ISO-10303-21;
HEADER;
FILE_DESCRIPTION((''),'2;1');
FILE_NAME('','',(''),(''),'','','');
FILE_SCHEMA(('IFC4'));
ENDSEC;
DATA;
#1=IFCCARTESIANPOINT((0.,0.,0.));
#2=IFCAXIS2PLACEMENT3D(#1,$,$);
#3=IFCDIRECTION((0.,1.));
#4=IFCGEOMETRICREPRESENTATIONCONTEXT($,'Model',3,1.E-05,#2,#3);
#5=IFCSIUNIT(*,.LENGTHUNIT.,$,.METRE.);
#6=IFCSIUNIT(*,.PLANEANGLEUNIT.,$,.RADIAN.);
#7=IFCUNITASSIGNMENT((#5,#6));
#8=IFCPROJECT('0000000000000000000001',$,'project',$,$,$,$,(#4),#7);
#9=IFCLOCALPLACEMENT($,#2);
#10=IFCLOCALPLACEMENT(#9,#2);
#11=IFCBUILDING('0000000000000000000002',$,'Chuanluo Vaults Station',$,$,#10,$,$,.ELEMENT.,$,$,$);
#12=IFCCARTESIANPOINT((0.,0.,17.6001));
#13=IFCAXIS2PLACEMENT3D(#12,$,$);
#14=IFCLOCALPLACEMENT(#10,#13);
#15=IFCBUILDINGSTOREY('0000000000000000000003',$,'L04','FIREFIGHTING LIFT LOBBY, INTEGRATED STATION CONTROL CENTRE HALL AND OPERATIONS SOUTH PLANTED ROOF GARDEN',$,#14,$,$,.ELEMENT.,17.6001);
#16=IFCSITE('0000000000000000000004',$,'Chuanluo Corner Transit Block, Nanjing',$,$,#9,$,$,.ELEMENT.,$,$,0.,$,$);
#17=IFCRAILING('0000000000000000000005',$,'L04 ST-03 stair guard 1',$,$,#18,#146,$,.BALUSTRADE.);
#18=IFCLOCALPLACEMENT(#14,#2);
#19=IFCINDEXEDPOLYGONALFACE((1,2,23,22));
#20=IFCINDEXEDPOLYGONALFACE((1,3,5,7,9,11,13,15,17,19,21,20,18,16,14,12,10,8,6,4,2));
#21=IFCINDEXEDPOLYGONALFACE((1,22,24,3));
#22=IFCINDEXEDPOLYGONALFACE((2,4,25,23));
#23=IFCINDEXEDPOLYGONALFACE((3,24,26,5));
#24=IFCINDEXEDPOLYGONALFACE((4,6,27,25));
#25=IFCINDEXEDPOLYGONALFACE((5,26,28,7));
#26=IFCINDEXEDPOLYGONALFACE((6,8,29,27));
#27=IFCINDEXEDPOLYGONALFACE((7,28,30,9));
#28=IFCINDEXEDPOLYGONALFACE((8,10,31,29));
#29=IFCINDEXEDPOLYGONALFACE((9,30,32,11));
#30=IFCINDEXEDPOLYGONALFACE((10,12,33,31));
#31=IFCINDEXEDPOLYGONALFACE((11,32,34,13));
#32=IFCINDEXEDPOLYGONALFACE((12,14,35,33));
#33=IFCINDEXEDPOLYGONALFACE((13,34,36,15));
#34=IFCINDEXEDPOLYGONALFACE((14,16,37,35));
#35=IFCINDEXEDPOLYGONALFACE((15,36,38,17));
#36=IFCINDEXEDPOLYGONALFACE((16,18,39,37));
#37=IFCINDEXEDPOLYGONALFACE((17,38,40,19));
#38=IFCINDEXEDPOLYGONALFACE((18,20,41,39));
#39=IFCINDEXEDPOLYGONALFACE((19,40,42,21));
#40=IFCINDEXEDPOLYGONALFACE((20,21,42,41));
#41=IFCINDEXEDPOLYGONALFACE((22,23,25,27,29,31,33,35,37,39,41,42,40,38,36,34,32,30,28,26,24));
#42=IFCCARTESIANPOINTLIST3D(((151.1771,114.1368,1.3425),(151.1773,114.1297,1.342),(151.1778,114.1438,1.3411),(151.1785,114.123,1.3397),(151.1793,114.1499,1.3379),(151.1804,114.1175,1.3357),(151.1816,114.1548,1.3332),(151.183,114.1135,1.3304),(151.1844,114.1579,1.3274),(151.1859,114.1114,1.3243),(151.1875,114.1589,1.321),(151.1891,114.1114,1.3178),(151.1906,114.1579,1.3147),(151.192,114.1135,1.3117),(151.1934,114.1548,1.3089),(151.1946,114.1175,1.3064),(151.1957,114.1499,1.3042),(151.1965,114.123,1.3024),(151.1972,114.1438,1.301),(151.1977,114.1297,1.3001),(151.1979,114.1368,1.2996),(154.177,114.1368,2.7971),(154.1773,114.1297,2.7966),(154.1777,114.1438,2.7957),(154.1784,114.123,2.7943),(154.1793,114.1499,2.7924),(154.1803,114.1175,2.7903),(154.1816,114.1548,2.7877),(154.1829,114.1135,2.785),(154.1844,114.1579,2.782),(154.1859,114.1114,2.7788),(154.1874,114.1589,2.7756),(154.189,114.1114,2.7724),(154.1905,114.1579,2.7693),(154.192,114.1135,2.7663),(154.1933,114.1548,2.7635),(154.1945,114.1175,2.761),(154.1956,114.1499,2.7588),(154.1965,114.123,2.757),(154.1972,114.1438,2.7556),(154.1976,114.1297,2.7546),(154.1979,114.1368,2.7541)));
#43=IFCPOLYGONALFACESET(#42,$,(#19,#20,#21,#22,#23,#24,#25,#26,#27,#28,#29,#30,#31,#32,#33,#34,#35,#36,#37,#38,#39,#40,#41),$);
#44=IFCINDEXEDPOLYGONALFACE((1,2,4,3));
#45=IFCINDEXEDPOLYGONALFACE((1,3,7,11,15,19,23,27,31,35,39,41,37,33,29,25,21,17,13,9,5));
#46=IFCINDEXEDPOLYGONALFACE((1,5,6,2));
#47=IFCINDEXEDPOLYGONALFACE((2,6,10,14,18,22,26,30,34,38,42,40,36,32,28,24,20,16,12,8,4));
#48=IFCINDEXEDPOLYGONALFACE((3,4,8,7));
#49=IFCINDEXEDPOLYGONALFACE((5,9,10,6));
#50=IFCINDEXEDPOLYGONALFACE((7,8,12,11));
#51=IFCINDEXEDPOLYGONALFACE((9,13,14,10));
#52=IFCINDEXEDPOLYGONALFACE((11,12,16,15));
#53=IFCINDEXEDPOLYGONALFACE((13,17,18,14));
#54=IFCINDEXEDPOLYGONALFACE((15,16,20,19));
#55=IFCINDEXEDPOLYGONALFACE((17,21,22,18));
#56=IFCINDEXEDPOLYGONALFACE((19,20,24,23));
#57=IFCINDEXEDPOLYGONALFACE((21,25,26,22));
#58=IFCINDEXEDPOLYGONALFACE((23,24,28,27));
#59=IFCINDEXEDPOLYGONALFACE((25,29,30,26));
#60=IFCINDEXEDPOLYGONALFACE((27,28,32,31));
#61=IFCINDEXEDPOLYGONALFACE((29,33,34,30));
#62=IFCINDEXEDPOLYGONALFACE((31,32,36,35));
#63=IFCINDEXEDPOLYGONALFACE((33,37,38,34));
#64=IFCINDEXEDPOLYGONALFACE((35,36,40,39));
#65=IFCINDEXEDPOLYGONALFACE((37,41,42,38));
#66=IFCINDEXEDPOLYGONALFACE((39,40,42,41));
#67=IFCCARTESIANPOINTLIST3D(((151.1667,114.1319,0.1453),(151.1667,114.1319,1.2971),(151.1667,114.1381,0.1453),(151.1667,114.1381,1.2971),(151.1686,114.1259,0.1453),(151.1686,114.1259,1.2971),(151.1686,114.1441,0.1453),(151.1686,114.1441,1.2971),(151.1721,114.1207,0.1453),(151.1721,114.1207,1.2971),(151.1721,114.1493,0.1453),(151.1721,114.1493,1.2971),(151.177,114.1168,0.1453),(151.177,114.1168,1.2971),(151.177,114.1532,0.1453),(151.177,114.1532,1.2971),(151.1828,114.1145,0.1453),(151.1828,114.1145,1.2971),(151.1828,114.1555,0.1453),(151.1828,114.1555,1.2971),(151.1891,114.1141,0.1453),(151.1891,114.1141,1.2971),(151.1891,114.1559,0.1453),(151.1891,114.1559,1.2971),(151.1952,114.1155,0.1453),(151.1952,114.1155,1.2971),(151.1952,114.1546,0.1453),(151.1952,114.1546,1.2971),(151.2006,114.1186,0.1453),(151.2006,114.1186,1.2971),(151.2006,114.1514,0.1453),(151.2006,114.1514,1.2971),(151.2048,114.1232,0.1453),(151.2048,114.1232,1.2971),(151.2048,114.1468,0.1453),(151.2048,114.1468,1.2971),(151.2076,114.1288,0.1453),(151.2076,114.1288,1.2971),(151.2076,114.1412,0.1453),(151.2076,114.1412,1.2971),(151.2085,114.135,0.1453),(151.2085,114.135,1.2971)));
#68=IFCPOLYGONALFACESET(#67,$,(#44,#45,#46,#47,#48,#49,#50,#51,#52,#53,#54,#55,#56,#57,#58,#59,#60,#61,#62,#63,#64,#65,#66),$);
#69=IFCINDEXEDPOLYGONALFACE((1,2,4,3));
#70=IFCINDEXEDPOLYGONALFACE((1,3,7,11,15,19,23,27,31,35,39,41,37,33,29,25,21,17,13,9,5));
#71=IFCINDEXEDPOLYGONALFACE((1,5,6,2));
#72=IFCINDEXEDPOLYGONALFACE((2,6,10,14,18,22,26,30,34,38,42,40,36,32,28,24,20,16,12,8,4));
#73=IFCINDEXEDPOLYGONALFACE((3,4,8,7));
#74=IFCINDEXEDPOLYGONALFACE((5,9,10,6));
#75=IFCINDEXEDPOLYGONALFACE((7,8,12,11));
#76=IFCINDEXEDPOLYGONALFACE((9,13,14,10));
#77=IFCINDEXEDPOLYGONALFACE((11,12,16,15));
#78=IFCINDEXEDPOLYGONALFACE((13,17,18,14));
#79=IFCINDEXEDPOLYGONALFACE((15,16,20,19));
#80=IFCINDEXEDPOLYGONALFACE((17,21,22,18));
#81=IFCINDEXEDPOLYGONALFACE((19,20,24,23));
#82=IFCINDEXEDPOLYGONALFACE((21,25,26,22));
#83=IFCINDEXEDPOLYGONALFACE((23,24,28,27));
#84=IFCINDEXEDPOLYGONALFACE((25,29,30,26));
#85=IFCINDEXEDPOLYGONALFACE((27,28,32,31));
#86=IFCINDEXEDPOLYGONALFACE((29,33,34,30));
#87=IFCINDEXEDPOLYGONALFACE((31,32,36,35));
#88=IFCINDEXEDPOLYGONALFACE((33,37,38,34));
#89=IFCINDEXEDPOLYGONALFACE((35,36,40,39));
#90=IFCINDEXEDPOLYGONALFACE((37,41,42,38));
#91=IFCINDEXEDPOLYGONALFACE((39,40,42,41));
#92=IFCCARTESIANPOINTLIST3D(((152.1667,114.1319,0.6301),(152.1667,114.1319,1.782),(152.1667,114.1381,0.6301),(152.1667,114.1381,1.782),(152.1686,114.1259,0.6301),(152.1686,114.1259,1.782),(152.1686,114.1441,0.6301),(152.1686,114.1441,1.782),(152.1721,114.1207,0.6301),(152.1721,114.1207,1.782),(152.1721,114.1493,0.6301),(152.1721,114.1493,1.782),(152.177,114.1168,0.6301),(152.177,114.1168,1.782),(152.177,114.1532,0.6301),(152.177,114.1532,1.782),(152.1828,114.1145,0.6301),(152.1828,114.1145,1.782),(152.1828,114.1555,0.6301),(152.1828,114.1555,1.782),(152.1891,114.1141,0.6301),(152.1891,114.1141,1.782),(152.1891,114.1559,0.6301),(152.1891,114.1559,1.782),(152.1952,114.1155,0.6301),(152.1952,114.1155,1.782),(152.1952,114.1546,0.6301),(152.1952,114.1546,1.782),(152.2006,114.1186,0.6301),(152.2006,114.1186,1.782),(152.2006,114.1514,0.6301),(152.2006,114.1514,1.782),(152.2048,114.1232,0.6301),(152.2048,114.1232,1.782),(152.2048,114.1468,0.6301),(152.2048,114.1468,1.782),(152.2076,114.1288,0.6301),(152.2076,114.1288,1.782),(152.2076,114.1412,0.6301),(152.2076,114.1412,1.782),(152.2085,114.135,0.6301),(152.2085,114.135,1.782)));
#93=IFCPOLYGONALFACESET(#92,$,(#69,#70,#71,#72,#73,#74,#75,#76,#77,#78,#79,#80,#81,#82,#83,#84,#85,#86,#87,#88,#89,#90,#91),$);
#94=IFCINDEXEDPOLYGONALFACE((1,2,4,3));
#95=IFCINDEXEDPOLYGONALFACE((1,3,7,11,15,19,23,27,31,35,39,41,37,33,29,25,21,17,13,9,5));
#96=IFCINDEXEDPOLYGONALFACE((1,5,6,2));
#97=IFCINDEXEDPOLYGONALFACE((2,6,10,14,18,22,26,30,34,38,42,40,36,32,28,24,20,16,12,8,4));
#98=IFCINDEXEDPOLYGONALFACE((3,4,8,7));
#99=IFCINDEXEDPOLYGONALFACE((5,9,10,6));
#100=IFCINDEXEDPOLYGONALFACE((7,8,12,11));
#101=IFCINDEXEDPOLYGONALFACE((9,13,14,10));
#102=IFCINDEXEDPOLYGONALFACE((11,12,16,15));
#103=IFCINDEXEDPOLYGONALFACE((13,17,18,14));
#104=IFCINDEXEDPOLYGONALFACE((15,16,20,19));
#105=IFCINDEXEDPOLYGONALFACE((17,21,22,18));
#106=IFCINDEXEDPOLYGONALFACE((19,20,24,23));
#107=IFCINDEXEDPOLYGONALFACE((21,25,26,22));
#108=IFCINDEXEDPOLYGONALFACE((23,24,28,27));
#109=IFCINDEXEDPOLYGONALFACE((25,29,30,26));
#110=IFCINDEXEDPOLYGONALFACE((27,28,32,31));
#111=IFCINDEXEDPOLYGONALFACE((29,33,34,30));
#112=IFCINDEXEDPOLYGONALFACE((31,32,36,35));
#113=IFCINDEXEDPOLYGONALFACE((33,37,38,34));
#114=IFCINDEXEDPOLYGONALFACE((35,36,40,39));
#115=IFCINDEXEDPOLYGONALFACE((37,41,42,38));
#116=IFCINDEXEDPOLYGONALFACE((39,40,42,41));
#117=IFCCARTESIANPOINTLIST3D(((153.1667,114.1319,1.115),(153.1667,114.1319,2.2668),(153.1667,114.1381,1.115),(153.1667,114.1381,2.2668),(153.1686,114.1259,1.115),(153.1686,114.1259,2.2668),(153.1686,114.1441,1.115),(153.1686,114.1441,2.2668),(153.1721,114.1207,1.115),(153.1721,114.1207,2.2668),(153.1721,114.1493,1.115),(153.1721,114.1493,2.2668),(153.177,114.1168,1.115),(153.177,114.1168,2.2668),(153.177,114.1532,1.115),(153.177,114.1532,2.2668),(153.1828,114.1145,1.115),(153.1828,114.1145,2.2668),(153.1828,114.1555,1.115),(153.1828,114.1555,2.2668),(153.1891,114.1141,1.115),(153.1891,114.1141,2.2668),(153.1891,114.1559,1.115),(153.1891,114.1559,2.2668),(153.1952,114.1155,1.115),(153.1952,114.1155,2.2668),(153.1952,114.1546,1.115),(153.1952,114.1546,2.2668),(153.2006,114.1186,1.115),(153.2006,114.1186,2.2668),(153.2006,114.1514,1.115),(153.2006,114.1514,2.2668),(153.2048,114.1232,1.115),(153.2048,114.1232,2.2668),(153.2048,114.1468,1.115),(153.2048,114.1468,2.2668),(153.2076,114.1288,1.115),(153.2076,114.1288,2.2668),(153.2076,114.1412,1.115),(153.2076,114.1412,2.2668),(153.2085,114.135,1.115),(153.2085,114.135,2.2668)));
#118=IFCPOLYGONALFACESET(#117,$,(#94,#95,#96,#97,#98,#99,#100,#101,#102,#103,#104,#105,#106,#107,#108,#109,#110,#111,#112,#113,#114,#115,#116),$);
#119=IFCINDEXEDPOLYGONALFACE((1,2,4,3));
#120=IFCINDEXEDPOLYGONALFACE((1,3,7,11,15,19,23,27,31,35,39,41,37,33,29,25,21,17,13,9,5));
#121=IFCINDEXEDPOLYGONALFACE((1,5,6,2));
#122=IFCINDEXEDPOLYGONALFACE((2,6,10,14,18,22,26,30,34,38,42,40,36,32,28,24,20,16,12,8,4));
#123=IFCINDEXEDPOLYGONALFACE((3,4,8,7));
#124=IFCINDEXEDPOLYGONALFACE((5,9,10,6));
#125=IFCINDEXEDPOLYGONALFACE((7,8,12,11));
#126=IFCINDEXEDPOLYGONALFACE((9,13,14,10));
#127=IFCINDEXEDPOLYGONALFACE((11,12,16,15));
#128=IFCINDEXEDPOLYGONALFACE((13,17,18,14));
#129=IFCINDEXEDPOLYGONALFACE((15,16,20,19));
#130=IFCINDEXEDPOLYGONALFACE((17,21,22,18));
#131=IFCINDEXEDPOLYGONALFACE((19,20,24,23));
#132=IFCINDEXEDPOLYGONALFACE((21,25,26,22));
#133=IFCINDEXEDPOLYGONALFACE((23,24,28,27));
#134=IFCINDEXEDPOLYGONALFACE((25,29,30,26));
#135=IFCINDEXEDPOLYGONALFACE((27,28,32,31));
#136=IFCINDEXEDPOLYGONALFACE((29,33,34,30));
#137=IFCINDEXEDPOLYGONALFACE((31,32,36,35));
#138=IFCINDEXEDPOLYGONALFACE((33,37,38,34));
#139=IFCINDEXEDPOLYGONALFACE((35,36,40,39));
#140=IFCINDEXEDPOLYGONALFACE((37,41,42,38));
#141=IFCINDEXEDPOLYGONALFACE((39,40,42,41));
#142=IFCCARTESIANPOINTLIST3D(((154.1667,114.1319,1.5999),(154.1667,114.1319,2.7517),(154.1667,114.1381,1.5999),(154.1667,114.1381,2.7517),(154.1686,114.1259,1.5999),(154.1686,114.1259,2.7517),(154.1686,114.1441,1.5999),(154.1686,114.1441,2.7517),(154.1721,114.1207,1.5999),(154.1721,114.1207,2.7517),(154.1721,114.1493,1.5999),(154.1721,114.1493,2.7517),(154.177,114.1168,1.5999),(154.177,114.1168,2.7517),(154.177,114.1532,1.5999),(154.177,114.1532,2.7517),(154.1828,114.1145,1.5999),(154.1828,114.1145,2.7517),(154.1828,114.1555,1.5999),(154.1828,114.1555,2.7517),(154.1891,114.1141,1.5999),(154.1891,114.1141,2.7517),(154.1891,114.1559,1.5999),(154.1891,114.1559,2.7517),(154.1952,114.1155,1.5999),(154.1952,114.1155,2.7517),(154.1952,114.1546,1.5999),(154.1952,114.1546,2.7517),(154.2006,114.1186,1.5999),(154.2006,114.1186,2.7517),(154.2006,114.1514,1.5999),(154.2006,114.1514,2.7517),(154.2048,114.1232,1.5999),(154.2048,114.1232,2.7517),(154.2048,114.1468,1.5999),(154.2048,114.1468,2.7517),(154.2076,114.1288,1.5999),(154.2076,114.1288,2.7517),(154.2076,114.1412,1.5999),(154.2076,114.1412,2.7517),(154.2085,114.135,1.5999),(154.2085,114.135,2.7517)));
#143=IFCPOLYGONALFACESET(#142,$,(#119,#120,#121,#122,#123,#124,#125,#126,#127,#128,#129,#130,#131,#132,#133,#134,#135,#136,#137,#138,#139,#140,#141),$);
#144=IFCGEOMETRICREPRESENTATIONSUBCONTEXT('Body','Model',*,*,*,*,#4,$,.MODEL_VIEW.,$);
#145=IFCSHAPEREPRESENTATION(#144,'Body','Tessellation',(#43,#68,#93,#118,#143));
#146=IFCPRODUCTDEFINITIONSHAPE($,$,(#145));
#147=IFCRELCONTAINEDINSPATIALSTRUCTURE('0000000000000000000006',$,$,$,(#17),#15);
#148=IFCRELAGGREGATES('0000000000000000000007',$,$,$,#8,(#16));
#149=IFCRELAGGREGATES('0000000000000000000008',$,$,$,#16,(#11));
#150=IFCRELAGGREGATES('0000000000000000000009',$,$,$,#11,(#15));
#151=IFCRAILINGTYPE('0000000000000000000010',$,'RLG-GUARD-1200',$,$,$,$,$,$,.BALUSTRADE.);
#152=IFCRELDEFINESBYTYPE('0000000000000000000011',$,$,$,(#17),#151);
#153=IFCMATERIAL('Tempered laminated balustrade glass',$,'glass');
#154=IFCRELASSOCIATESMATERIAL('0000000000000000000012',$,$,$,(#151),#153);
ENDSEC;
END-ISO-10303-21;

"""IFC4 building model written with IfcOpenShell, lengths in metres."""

from ifc_helpers import new_model, si_unit, direction, frame, origin, origin_2d, place, context, subcontext, project, spatial, circle, extrude, material, type_object, element, save


model = new_model("IFC4")

# Units and contexts
model_context = context("Model", 3, precision=1e-05, world=origin(), true_north=direction((0.0, 1.0)))
body_context = subcontext(model_context, "Body", "Model", "MODEL_VIEW")
ifc_project = project(units=[si_unit("LENGTHUNIT", "METRE"), si_unit("PLANEANGLEUNIT", "RADIAN")], contexts=[model_context])

# Site, building, storey
site_placement = place(None, origin())
site = spatial("IfcSite", under=ifc_project, at=site_placement, Name="Chuanluo Corner Transit Block, Nanjing", CompositionType="ELEMENT", RefElevation=0.0)
building_placement = place(site_placement, origin())
building = spatial("IfcBuilding", under=site, at=building_placement, Name="Chuanluo Vaults Station", CompositionType="ELEMENT")
storey_placement = place(building_placement, frame((0.0, 0.0, 17.6001)))
storey = spatial("IfcBuildingStorey", under=building, at=storey_placement, Name="L04", Description="FIREFIGHTING LIFT LOBBY, INTEGRATED STATION CONTROL CENTRE HALL AND OPERATIONS SOUTH PLANTED ROOF GARDEN", CompositionType="ELEMENT", Elevation=17.6001)

# Railing
ifc_material_1 = material(Name="Tempered laminated balustrade glass", Category="glass")
railing_type_1 = type_object("IfcRailingType", Name="RLG-GUARD-1200", PredefinedType="BALUSTRADE", material=ifc_material_1)
railing_1_placement = place(storey_placement, frame((151.1875, 114.135, 0.1453)))
element("IfcRailing", 1, at=railing_1_placement, inside=storey, type_object=railing_type_1, Name="L04 ST-03 stair guard 1", PredefinedType="BALUSTRADE", context=body_context, shape_type="SweptSolid", body=[
    extrude(circle(Radius=0.0239, at=origin_2d()), frame((0.0, 0.0, 1.1758), z_axis=(0.899809, 0.0, 0.436284), x_axis=(0.0, 1.0, 0.0)), (0.0, 0.0, 1.0), 3.334),
    extrude(circle(Radius=0.021, at=origin_2d()), origin(), (0.0, 0.0, 1.0), 1.1519),
    extrude(circle(Radius=0.021, at=origin_2d()), frame((1.0, 0.0, 0.4849)), (0.0, 0.0, 1.0), 1.1519),
    extrude(circle(Radius=0.021, at=origin_2d()), frame((2.0, 0.0, 0.9697)), (0.0, 0.0, 1.0), 1.1519),
    extrude(circle(Radius=0.021, at=origin_2d()), frame((3.0, 0.0, 1.4546)), (0.0, 0.0, 1.0), 1.1519),
])

save(model, "model.ifc")
